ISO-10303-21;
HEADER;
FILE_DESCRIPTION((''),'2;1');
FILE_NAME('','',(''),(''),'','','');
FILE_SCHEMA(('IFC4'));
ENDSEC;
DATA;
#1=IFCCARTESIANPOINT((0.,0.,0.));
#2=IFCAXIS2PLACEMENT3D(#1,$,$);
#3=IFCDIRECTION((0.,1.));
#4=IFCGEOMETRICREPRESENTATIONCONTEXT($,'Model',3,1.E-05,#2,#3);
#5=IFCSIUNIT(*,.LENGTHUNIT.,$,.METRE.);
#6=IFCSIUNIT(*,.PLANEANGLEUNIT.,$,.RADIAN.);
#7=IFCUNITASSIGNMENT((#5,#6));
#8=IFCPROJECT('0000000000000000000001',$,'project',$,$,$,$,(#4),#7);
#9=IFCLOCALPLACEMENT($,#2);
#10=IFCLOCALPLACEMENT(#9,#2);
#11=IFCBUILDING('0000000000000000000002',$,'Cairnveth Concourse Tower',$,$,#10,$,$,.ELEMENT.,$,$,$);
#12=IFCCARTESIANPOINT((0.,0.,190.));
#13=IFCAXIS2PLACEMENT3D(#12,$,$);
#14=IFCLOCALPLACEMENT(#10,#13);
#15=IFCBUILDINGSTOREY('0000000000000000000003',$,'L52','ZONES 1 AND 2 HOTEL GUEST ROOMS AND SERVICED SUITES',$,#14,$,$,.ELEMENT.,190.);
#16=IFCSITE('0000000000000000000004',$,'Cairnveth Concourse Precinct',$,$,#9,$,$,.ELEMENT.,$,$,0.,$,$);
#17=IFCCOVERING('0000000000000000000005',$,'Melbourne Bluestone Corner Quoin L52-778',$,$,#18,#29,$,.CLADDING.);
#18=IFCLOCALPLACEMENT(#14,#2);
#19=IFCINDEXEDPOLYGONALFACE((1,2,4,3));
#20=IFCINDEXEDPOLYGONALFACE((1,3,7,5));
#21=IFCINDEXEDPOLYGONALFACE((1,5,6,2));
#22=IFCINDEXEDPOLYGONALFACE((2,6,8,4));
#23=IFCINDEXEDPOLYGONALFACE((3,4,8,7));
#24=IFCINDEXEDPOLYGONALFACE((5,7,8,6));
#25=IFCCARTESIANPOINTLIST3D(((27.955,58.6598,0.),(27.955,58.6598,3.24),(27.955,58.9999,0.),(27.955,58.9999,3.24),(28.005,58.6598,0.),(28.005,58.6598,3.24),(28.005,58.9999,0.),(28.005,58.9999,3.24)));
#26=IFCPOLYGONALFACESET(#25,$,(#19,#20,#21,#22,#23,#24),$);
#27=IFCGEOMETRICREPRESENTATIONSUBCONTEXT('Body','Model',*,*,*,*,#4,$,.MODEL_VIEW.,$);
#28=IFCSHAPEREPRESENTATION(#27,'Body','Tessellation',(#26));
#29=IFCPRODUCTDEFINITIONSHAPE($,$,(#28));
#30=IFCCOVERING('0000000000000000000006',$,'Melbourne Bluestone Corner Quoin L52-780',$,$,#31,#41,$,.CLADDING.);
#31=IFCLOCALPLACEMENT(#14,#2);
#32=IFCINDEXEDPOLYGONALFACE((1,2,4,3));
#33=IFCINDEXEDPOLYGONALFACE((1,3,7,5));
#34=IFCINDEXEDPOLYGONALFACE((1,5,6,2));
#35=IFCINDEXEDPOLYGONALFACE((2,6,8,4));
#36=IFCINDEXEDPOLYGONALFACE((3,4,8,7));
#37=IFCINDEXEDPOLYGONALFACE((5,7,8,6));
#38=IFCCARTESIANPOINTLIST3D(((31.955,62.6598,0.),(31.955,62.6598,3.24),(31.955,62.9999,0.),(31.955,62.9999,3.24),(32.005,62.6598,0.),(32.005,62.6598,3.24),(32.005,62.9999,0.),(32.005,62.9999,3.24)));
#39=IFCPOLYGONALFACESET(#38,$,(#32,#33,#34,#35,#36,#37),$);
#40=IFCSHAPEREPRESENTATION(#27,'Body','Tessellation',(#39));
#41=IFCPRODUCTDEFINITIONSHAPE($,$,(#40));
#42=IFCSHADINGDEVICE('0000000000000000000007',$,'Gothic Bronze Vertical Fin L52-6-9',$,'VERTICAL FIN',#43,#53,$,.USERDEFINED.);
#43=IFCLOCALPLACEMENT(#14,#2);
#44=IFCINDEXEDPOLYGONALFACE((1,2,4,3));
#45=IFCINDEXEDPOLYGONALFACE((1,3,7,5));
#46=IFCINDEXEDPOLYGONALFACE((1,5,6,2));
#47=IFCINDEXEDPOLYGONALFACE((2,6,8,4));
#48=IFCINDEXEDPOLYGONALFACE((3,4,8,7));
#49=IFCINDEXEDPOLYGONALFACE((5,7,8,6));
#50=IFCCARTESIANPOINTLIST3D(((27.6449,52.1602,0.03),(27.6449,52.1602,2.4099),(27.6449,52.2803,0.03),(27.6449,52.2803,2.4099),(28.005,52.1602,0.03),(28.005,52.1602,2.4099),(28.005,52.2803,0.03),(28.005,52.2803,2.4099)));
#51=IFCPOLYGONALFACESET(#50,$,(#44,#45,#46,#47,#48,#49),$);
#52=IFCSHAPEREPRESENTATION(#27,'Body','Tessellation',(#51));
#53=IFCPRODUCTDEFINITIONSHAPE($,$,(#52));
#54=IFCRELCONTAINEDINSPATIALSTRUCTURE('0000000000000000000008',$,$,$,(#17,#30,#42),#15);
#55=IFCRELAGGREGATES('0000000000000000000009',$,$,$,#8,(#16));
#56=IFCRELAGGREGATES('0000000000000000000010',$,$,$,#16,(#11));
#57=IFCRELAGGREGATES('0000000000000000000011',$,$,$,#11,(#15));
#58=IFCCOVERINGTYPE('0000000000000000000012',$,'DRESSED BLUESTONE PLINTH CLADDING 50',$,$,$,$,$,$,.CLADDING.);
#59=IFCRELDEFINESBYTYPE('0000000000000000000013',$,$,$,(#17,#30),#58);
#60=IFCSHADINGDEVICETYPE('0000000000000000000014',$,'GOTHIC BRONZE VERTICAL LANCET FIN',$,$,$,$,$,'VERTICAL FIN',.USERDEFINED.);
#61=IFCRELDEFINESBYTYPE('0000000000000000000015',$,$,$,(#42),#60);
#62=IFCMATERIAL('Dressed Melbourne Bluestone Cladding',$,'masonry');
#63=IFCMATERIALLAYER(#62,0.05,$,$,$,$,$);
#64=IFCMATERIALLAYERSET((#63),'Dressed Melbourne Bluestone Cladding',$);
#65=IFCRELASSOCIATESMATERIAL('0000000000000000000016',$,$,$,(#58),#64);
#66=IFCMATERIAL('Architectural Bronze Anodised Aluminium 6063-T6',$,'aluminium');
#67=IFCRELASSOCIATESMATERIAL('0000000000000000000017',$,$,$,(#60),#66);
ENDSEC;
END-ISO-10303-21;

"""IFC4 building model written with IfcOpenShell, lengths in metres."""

from ifc_helpers import new_model, si_unit, direction, frame, frame_2d, origin, origin_2d, place, context, subcontext, project, spatial, rectangle, extrude, material, layer, layer_set, type_object, element, save


model = new_model("IFC4")

# Units and contexts
model_context = context("Model", 3, precision=1e-05, world=origin(), true_north=direction((0.0, 1.0)))
body_context = subcontext(model_context, "Body", "Model", "MODEL_VIEW")
ifc_project = project(units=[si_unit("LENGTHUNIT", "METRE"), si_unit("PLANEANGLEUNIT", "RADIAN")], contexts=[model_context])

# Site, building, storey
site_placement = place(None, origin())
site = spatial("IfcSite", under=ifc_project, at=site_placement, Name="Cairnveth Concourse Precinct", CompositionType="ELEMENT", RefElevation=0.0)
building_placement = place(site_placement, origin())
building = spatial("IfcBuilding", under=site, at=building_placement, Name="Cairnveth Concourse Tower", CompositionType="ELEMENT")
storey_placement = place(building_placement, frame((0.0, 0.0, 190.0)))
storey = spatial("IfcBuildingStorey", under=building, at=storey_placement, Name="L52", Description="ZONES 1 AND 2 HOTEL GUEST ROOMS AND SERVICED SUITES", CompositionType="ELEMENT", Elevation=190.0)

# Coverings
ifc_material_1 = material(Name="Dressed Melbourne Bluestone Cladding", Category="masonry")
ifc_layer_1 = layer(ifc_material_1, 0.05)
ifc_layer_set_1 = layer_set([ifc_layer_1], Name="Dressed Melbourne Bluestone Cladding")
covering_type = type_object("IfcCoveringType", Name="DRESSED BLUESTONE PLINTH CLADDING 50", PredefinedType="CLADDING", material=ifc_layer_set_1)
for number, where, z_axis, x_axis, name in (
    (1, (27.98, 58.6599, 0.0), (0.0, 0.0, 1.0), (0.0, 1.0, 0.0), "Melbourne Bluestone Corner Quoin L52-778"),
    (2, (31.98, 62.6599, 0.0), (0.0, 0.0, 1.0), (0.0, 1.0, 0.0), "Melbourne Bluestone Corner Quoin L52-780"),
):
    element("IfcCovering", number, at=place(storey_placement, frame(where, z_axis=z_axis, x_axis=x_axis)), inside=storey, type_object=covering_type, Name=name, PredefinedType="CLADDING", context=body_context, shape_type="SweptSolid", body=[
        extrude(rectangle(XDim=0.3401, YDim=0.05, at=frame_2d((0.1699, 0.0))), origin(), (0.0, 0.0, 1.0), 3.24),
    ])

# Shading device
ifc_material_2 = material(Name="Architectural Bronze Anodised Aluminium 6063-T6", Category="aluminium")
shading_device_type = type_object("IfcShadingDeviceType", Name="GOTHIC BRONZE VERTICAL LANCET FIN", ElementType="VERTICAL FIN", PredefinedType="USERDEFINED", material=ifc_material_2)
shading_device_placement = place(storey_placement, frame((27.825, 52.2202, 0.03), z_axis=(0.0, 0.0, 1.0), x_axis=(0.0, 1.0, 0.0)))
element("IfcShadingDevice", 3, at=shading_device_placement, inside=storey, type_object=shading_device_type, Name="Gothic Bronze Vertical Fin L52-6-9", ObjectType="VERTICAL FIN", PredefinedType="USERDEFINED", context=body_context, shape_type="SweptSolid", body=[
    extrude(rectangle(XDim=0.1201, YDim=0.3601, at=origin_2d()), origin(), (0.0, 0.0, 1.0), 2.3799),
])

save(model, "model.ifc")
